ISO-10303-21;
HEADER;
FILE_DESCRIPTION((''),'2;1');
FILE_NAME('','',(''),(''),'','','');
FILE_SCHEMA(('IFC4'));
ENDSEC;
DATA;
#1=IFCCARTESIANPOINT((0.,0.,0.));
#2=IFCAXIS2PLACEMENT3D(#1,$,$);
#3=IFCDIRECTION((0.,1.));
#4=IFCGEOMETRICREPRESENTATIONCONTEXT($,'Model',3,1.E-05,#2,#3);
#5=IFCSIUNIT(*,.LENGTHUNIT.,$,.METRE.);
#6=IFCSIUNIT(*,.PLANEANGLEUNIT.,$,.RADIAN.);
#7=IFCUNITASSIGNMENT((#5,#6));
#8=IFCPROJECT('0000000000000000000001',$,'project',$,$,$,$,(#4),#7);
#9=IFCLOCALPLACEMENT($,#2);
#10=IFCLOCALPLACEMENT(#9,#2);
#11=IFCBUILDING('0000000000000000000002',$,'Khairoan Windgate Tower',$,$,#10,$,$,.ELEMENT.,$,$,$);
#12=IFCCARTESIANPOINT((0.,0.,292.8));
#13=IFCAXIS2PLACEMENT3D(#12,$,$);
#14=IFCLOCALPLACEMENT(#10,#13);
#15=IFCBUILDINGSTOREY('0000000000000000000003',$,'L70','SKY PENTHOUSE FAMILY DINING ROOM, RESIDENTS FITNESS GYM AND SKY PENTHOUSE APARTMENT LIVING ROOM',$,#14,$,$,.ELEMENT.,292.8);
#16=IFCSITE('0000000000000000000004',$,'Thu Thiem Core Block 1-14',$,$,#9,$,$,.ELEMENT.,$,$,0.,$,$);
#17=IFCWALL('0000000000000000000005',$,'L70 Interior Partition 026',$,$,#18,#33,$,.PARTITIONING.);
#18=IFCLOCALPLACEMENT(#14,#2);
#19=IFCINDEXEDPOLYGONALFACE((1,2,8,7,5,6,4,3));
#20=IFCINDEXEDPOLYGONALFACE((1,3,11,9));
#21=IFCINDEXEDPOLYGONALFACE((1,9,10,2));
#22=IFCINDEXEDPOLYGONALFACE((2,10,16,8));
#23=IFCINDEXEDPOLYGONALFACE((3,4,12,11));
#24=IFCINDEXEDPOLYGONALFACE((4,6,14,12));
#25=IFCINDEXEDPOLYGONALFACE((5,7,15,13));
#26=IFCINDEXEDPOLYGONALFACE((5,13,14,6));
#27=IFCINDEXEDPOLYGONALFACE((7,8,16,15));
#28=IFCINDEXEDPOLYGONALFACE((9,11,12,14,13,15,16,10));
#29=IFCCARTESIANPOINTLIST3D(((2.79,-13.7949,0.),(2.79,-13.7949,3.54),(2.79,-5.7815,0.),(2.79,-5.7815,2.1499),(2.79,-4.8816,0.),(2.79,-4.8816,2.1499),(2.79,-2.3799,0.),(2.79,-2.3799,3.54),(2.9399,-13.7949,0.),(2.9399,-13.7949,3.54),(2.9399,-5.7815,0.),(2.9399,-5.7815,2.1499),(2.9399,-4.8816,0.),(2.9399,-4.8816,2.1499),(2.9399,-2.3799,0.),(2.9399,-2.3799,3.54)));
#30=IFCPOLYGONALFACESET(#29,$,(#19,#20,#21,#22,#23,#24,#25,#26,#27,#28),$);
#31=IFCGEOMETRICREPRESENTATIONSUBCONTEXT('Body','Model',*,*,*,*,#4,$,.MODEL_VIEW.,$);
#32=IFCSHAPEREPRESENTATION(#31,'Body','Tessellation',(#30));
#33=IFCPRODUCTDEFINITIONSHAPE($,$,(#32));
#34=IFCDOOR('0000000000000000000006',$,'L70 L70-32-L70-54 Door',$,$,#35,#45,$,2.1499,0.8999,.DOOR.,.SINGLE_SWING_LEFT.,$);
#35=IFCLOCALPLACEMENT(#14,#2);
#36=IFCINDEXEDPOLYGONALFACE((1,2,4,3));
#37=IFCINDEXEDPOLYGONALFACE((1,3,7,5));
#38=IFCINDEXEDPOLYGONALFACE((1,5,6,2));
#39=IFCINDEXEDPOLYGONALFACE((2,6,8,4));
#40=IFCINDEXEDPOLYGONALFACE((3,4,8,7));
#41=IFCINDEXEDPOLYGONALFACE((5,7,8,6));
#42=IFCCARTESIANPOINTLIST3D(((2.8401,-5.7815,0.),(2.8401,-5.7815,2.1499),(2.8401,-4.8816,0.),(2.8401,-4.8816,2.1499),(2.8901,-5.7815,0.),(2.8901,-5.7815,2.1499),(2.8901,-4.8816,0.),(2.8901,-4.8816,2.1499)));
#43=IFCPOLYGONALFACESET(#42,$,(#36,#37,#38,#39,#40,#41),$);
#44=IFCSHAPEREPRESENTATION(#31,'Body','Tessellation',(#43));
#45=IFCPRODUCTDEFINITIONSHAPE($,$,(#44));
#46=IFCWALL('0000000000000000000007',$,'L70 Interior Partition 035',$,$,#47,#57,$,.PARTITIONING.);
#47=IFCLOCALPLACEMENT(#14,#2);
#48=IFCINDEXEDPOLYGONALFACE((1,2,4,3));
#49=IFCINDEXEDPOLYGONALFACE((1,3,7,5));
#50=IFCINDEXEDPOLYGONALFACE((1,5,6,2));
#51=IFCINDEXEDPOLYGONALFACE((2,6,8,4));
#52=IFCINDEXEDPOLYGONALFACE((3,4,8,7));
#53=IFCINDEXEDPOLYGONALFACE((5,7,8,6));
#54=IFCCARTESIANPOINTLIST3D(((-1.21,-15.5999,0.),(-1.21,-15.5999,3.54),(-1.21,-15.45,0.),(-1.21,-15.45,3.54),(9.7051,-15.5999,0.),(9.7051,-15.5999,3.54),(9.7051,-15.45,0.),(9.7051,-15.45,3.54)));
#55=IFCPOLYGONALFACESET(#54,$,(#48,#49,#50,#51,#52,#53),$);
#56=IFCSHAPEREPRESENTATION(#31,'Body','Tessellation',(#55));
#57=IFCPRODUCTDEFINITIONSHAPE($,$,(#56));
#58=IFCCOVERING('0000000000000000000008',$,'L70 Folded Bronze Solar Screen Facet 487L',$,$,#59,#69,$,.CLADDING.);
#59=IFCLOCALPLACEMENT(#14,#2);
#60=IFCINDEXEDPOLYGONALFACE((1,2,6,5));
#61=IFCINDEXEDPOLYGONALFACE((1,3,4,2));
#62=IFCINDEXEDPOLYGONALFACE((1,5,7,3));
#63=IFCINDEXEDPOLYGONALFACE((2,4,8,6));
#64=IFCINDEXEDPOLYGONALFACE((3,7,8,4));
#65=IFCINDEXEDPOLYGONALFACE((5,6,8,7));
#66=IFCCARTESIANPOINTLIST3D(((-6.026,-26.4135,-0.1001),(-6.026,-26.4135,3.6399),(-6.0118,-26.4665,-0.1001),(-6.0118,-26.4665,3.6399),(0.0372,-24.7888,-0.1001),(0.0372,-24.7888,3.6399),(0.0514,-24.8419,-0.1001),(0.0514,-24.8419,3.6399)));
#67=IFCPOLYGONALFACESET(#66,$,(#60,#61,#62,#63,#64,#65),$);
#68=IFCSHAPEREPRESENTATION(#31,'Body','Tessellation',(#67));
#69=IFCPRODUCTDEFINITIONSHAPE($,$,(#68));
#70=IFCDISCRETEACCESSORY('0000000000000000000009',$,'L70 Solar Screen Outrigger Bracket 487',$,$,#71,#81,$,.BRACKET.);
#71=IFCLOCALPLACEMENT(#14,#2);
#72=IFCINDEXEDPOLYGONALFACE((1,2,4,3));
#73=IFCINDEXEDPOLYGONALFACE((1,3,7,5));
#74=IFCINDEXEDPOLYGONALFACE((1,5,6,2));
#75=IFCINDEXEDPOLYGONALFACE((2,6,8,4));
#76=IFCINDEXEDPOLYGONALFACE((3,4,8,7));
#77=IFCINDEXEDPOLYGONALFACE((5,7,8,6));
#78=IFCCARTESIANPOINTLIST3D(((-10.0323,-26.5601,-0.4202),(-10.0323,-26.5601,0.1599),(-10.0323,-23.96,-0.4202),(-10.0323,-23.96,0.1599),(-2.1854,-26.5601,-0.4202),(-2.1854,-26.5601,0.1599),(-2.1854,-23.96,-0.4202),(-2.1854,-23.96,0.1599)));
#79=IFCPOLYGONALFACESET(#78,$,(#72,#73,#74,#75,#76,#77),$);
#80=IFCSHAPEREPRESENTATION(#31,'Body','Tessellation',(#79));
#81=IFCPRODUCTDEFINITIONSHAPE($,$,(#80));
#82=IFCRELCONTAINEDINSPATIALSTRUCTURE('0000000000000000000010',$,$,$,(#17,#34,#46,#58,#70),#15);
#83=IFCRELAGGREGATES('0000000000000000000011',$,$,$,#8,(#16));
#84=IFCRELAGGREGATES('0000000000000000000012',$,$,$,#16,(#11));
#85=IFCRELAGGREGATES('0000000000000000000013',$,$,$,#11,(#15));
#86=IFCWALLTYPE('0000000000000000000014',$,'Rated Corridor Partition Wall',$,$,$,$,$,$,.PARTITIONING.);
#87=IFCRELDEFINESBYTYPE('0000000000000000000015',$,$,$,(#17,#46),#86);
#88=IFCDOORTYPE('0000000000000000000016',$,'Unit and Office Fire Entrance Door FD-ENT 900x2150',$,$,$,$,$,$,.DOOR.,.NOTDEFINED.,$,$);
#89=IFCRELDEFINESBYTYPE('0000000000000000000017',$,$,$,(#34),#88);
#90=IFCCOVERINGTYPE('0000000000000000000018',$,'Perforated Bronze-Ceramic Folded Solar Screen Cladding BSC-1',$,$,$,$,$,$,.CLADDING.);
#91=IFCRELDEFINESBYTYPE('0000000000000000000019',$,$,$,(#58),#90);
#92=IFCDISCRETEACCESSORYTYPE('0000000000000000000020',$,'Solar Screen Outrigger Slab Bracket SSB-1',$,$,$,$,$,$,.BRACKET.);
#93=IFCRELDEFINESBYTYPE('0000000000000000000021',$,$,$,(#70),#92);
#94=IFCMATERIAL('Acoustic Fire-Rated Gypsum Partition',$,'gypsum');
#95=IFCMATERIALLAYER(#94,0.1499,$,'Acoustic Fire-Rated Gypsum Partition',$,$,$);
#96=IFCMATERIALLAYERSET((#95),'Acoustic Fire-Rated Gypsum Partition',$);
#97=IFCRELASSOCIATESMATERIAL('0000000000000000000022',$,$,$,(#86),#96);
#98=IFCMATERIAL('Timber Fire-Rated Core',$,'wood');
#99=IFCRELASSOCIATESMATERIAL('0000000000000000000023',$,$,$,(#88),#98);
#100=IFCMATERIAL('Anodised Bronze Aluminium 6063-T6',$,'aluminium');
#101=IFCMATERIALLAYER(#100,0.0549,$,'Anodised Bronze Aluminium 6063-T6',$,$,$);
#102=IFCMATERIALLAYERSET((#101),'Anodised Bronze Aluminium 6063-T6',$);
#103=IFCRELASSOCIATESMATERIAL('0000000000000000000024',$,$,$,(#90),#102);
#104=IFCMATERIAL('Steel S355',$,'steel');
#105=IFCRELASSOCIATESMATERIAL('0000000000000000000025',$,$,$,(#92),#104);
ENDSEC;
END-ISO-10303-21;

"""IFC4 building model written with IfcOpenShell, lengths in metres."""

from ifc_helpers import new_model, si_unit, direction, frame, frame_2d, origin, origin_2d, place, context, subcontext, project, spatial, rectangle, extrude, material, layer, layer_set, type_object, element, fill, save


model = new_model("IFC4")

# Units and contexts
model_context = context("Model", 3, precision=1e-05, world=origin(), true_north=direction((0.0, 1.0)))
body_context = subcontext(model_context, "Body", "Model", "MODEL_VIEW")
ifc_project = project(units=[si_unit("LENGTHUNIT", "METRE"), si_unit("PLANEANGLEUNIT", "RADIAN")], contexts=[model_context])

# Site, building, storey
site_placement = place(None, origin())
site = spatial("IfcSite", under=ifc_project, at=site_placement, Name="Thu Thiem Core Block 1-14", CompositionType="ELEMENT", RefElevation=0.0)
building_placement = place(site_placement, origin())
building = spatial("IfcBuilding", under=site, at=building_placement, Name="Khairoan Windgate Tower", CompositionType="ELEMENT")
storey_placement = place(building_placement, frame((0.0, 0.0, 292.8)))
storey = spatial("IfcBuildingStorey", under=building, at=storey_placement, Name="L70", Description="SKY PENTHOUSE FAMILY DINING ROOM, RESIDENTS FITNESS GYM AND SKY PENTHOUSE APARTMENT LIVING ROOM", CompositionType="ELEMENT", Elevation=292.8)

# Wall, opening, door
ifc_material_1 = material(Name="Acoustic Fire-Rated Gypsum Partition", Category="gypsum")
ifc_layer_1 = layer(ifc_material_1, 0.1499, Name="Acoustic Fire-Rated Gypsum Partition")
ifc_layer_set_1 = layer_set([ifc_layer_1], Name="Acoustic Fire-Rated Gypsum Partition")
wall_type_1 = type_object("IfcWallType", Name="Rated Corridor Partition Wall", PredefinedType="PARTITIONING", material=ifc_layer_set_1)
ifc_material_2 = material(Name="Timber Fire-Rated Core", Category="wood")
door_type_1 = type_object("IfcDoorType", Name="Unit and Office Fire Entrance Door FD-ENT 900x2150", OperationType="NOTDEFINED", PredefinedType="DOOR", material=ifc_material_2)
wall_1_placement = place(storey_placement, frame((2.865, -13.7949, 0.0), z_axis=(0.0, 0.0, 1.0), x_axis=(0.0, 1.0, 0.0)))
wall_1 = element("IfcWall", 1, at=wall_1_placement, inside=storey, type_object=wall_type_1, Name="L70 Interior Partition 026", PredefinedType="PARTITIONING", context=body_context, shape_type="SweptSolid", body=[
    extrude(rectangle(XDim=11.415, YDim=0.1499, at=frame_2d((5.7075, 0.0))), origin(), (0.0, 0.0, 1.0), 3.54),
])
opening_1_placement = place(wall_1_placement, frame((8.0134, 0.0, 0.0)))
opening_1 = element("IfcOpeningElement", 2, at=opening_1_placement, cuts=wall_1, PredefinedType="OPENING", context=body_context, shape_type="SweptSolid", body=[
    extrude(rectangle(XDim=0.8999, YDim=2.1499, at=frame_2d((0.45, 1.075))), frame((0.0, 0.085, 0.0), z_axis=(0.0, -1.0, 0.0), x_axis=(1.0, 0.0, 0.0)), (0.0, 0.0, 1.0), 0.1699),
])
door_1_placement = place(opening_1_placement, origin())
door_1 = element("IfcDoor", 3, at=door_1_placement, inside=storey, type_object=door_type_1, Name="L70 L70-32-L70-54 Door", OperationType="SINGLE_SWING_LEFT", OverallHeight=2.1499, OverallWidth=0.8999, PredefinedType="DOOR", context=body_context, shape_type="SweptSolid", body=[
    extrude(rectangle(XDim=0.8999, YDim=2.1499, at=frame_2d((0.45, 1.075))), frame((0.0, 0.0249, 0.0), z_axis=(0.0, -1.0, 0.0), x_axis=(1.0, 0.0, 0.0)), (0.0, 0.0, 1.0), 0.05),
])
fill(opening_1, door_1)

# Wall
wall_2_placement = place(storey_placement, frame((-1.21, -15.5249, 0.0), z_axis=(0.0, 0.0, 1.0), x_axis=(1.0, 0.0, 0.0)))
element("IfcWall", 4, at=wall_2_placement, inside=storey, type_object=wall_type_1, Name="L70 Interior Partition 035", PredefinedType="PARTITIONING", context=body_context, shape_type="SweptSolid", body=[
    extrude(rectangle(XDim=10.915, YDim=0.1499, at=frame_2d((5.4575, 0.0))), origin(), (0.0, 0.0, 1.0), 3.54),
])

# Covering
ifc_material_3 = material(Name="Anodised Bronze Aluminium 6063-T6", Category="aluminium")
ifc_layer_2 = layer(ifc_material_3, 0.0549, Name="Anodised Bronze Aluminium 6063-T6")
ifc_layer_set_2 = layer_set([ifc_layer_2], Name="Anodised Bronze Aluminium 6063-T6")
covering_type = type_object("IfcCoveringType", Name="Perforated Bronze-Ceramic Folded Solar Screen Cladding BSC-1", PredefinedType="CLADDING", material=ifc_layer_set_2)
covering_placement = place(storey_placement, frame((-2.9873, -25.6277, -0.1001), z_axis=(0.0, 0.0, 1.0), x_axis=(-0.965926, -0.258819, 0.0)))
element("IfcCovering", 5, at=covering_placement, inside=storey, type_object=covering_type, Name="L70 Folded Bronze Solar Screen Facet 487L", PredefinedType="CLADDING", context=body_context, shape_type="SweptSolid", body=[
    extrude(rectangle(XDim=6.2771, YDim=0.0549, at=origin_2d()), origin(), (0.0, 0.0, 1.0), 3.74),
])

# Discrete accessory
ifc_material_4 = material(Name="Steel S355", Category="steel")
discrete_accessory_type = type_object("IfcDiscreteAccessoryType", Name="Solar Screen Outrigger Slab Bracket SSB-1", PredefinedType="BRACKET", material=ifc_material_4)
discrete_accessory_placement = place(storey_placement, frame((-6.1089, -25.26, -0.4202), z_axis=(0.0, 0.0, 1.0), x_axis=(-1.0, 0.0, 0.0)))
element("IfcDiscreteAccessory", 6, at=discrete_accessory_placement, inside=storey, type_object=discrete_accessory_type, Name="L70 Solar Screen Outrigger Bracket 487", PredefinedType="BRACKET", context=body_context, shape_type="SweptSolid", body=[
    extrude(rectangle(XDim=7.8469, YDim=2.6001, at=origin_2d()), origin(), (0.0, 0.0, 1.0), 0.5801),
])

save(model, "model.ifc")
